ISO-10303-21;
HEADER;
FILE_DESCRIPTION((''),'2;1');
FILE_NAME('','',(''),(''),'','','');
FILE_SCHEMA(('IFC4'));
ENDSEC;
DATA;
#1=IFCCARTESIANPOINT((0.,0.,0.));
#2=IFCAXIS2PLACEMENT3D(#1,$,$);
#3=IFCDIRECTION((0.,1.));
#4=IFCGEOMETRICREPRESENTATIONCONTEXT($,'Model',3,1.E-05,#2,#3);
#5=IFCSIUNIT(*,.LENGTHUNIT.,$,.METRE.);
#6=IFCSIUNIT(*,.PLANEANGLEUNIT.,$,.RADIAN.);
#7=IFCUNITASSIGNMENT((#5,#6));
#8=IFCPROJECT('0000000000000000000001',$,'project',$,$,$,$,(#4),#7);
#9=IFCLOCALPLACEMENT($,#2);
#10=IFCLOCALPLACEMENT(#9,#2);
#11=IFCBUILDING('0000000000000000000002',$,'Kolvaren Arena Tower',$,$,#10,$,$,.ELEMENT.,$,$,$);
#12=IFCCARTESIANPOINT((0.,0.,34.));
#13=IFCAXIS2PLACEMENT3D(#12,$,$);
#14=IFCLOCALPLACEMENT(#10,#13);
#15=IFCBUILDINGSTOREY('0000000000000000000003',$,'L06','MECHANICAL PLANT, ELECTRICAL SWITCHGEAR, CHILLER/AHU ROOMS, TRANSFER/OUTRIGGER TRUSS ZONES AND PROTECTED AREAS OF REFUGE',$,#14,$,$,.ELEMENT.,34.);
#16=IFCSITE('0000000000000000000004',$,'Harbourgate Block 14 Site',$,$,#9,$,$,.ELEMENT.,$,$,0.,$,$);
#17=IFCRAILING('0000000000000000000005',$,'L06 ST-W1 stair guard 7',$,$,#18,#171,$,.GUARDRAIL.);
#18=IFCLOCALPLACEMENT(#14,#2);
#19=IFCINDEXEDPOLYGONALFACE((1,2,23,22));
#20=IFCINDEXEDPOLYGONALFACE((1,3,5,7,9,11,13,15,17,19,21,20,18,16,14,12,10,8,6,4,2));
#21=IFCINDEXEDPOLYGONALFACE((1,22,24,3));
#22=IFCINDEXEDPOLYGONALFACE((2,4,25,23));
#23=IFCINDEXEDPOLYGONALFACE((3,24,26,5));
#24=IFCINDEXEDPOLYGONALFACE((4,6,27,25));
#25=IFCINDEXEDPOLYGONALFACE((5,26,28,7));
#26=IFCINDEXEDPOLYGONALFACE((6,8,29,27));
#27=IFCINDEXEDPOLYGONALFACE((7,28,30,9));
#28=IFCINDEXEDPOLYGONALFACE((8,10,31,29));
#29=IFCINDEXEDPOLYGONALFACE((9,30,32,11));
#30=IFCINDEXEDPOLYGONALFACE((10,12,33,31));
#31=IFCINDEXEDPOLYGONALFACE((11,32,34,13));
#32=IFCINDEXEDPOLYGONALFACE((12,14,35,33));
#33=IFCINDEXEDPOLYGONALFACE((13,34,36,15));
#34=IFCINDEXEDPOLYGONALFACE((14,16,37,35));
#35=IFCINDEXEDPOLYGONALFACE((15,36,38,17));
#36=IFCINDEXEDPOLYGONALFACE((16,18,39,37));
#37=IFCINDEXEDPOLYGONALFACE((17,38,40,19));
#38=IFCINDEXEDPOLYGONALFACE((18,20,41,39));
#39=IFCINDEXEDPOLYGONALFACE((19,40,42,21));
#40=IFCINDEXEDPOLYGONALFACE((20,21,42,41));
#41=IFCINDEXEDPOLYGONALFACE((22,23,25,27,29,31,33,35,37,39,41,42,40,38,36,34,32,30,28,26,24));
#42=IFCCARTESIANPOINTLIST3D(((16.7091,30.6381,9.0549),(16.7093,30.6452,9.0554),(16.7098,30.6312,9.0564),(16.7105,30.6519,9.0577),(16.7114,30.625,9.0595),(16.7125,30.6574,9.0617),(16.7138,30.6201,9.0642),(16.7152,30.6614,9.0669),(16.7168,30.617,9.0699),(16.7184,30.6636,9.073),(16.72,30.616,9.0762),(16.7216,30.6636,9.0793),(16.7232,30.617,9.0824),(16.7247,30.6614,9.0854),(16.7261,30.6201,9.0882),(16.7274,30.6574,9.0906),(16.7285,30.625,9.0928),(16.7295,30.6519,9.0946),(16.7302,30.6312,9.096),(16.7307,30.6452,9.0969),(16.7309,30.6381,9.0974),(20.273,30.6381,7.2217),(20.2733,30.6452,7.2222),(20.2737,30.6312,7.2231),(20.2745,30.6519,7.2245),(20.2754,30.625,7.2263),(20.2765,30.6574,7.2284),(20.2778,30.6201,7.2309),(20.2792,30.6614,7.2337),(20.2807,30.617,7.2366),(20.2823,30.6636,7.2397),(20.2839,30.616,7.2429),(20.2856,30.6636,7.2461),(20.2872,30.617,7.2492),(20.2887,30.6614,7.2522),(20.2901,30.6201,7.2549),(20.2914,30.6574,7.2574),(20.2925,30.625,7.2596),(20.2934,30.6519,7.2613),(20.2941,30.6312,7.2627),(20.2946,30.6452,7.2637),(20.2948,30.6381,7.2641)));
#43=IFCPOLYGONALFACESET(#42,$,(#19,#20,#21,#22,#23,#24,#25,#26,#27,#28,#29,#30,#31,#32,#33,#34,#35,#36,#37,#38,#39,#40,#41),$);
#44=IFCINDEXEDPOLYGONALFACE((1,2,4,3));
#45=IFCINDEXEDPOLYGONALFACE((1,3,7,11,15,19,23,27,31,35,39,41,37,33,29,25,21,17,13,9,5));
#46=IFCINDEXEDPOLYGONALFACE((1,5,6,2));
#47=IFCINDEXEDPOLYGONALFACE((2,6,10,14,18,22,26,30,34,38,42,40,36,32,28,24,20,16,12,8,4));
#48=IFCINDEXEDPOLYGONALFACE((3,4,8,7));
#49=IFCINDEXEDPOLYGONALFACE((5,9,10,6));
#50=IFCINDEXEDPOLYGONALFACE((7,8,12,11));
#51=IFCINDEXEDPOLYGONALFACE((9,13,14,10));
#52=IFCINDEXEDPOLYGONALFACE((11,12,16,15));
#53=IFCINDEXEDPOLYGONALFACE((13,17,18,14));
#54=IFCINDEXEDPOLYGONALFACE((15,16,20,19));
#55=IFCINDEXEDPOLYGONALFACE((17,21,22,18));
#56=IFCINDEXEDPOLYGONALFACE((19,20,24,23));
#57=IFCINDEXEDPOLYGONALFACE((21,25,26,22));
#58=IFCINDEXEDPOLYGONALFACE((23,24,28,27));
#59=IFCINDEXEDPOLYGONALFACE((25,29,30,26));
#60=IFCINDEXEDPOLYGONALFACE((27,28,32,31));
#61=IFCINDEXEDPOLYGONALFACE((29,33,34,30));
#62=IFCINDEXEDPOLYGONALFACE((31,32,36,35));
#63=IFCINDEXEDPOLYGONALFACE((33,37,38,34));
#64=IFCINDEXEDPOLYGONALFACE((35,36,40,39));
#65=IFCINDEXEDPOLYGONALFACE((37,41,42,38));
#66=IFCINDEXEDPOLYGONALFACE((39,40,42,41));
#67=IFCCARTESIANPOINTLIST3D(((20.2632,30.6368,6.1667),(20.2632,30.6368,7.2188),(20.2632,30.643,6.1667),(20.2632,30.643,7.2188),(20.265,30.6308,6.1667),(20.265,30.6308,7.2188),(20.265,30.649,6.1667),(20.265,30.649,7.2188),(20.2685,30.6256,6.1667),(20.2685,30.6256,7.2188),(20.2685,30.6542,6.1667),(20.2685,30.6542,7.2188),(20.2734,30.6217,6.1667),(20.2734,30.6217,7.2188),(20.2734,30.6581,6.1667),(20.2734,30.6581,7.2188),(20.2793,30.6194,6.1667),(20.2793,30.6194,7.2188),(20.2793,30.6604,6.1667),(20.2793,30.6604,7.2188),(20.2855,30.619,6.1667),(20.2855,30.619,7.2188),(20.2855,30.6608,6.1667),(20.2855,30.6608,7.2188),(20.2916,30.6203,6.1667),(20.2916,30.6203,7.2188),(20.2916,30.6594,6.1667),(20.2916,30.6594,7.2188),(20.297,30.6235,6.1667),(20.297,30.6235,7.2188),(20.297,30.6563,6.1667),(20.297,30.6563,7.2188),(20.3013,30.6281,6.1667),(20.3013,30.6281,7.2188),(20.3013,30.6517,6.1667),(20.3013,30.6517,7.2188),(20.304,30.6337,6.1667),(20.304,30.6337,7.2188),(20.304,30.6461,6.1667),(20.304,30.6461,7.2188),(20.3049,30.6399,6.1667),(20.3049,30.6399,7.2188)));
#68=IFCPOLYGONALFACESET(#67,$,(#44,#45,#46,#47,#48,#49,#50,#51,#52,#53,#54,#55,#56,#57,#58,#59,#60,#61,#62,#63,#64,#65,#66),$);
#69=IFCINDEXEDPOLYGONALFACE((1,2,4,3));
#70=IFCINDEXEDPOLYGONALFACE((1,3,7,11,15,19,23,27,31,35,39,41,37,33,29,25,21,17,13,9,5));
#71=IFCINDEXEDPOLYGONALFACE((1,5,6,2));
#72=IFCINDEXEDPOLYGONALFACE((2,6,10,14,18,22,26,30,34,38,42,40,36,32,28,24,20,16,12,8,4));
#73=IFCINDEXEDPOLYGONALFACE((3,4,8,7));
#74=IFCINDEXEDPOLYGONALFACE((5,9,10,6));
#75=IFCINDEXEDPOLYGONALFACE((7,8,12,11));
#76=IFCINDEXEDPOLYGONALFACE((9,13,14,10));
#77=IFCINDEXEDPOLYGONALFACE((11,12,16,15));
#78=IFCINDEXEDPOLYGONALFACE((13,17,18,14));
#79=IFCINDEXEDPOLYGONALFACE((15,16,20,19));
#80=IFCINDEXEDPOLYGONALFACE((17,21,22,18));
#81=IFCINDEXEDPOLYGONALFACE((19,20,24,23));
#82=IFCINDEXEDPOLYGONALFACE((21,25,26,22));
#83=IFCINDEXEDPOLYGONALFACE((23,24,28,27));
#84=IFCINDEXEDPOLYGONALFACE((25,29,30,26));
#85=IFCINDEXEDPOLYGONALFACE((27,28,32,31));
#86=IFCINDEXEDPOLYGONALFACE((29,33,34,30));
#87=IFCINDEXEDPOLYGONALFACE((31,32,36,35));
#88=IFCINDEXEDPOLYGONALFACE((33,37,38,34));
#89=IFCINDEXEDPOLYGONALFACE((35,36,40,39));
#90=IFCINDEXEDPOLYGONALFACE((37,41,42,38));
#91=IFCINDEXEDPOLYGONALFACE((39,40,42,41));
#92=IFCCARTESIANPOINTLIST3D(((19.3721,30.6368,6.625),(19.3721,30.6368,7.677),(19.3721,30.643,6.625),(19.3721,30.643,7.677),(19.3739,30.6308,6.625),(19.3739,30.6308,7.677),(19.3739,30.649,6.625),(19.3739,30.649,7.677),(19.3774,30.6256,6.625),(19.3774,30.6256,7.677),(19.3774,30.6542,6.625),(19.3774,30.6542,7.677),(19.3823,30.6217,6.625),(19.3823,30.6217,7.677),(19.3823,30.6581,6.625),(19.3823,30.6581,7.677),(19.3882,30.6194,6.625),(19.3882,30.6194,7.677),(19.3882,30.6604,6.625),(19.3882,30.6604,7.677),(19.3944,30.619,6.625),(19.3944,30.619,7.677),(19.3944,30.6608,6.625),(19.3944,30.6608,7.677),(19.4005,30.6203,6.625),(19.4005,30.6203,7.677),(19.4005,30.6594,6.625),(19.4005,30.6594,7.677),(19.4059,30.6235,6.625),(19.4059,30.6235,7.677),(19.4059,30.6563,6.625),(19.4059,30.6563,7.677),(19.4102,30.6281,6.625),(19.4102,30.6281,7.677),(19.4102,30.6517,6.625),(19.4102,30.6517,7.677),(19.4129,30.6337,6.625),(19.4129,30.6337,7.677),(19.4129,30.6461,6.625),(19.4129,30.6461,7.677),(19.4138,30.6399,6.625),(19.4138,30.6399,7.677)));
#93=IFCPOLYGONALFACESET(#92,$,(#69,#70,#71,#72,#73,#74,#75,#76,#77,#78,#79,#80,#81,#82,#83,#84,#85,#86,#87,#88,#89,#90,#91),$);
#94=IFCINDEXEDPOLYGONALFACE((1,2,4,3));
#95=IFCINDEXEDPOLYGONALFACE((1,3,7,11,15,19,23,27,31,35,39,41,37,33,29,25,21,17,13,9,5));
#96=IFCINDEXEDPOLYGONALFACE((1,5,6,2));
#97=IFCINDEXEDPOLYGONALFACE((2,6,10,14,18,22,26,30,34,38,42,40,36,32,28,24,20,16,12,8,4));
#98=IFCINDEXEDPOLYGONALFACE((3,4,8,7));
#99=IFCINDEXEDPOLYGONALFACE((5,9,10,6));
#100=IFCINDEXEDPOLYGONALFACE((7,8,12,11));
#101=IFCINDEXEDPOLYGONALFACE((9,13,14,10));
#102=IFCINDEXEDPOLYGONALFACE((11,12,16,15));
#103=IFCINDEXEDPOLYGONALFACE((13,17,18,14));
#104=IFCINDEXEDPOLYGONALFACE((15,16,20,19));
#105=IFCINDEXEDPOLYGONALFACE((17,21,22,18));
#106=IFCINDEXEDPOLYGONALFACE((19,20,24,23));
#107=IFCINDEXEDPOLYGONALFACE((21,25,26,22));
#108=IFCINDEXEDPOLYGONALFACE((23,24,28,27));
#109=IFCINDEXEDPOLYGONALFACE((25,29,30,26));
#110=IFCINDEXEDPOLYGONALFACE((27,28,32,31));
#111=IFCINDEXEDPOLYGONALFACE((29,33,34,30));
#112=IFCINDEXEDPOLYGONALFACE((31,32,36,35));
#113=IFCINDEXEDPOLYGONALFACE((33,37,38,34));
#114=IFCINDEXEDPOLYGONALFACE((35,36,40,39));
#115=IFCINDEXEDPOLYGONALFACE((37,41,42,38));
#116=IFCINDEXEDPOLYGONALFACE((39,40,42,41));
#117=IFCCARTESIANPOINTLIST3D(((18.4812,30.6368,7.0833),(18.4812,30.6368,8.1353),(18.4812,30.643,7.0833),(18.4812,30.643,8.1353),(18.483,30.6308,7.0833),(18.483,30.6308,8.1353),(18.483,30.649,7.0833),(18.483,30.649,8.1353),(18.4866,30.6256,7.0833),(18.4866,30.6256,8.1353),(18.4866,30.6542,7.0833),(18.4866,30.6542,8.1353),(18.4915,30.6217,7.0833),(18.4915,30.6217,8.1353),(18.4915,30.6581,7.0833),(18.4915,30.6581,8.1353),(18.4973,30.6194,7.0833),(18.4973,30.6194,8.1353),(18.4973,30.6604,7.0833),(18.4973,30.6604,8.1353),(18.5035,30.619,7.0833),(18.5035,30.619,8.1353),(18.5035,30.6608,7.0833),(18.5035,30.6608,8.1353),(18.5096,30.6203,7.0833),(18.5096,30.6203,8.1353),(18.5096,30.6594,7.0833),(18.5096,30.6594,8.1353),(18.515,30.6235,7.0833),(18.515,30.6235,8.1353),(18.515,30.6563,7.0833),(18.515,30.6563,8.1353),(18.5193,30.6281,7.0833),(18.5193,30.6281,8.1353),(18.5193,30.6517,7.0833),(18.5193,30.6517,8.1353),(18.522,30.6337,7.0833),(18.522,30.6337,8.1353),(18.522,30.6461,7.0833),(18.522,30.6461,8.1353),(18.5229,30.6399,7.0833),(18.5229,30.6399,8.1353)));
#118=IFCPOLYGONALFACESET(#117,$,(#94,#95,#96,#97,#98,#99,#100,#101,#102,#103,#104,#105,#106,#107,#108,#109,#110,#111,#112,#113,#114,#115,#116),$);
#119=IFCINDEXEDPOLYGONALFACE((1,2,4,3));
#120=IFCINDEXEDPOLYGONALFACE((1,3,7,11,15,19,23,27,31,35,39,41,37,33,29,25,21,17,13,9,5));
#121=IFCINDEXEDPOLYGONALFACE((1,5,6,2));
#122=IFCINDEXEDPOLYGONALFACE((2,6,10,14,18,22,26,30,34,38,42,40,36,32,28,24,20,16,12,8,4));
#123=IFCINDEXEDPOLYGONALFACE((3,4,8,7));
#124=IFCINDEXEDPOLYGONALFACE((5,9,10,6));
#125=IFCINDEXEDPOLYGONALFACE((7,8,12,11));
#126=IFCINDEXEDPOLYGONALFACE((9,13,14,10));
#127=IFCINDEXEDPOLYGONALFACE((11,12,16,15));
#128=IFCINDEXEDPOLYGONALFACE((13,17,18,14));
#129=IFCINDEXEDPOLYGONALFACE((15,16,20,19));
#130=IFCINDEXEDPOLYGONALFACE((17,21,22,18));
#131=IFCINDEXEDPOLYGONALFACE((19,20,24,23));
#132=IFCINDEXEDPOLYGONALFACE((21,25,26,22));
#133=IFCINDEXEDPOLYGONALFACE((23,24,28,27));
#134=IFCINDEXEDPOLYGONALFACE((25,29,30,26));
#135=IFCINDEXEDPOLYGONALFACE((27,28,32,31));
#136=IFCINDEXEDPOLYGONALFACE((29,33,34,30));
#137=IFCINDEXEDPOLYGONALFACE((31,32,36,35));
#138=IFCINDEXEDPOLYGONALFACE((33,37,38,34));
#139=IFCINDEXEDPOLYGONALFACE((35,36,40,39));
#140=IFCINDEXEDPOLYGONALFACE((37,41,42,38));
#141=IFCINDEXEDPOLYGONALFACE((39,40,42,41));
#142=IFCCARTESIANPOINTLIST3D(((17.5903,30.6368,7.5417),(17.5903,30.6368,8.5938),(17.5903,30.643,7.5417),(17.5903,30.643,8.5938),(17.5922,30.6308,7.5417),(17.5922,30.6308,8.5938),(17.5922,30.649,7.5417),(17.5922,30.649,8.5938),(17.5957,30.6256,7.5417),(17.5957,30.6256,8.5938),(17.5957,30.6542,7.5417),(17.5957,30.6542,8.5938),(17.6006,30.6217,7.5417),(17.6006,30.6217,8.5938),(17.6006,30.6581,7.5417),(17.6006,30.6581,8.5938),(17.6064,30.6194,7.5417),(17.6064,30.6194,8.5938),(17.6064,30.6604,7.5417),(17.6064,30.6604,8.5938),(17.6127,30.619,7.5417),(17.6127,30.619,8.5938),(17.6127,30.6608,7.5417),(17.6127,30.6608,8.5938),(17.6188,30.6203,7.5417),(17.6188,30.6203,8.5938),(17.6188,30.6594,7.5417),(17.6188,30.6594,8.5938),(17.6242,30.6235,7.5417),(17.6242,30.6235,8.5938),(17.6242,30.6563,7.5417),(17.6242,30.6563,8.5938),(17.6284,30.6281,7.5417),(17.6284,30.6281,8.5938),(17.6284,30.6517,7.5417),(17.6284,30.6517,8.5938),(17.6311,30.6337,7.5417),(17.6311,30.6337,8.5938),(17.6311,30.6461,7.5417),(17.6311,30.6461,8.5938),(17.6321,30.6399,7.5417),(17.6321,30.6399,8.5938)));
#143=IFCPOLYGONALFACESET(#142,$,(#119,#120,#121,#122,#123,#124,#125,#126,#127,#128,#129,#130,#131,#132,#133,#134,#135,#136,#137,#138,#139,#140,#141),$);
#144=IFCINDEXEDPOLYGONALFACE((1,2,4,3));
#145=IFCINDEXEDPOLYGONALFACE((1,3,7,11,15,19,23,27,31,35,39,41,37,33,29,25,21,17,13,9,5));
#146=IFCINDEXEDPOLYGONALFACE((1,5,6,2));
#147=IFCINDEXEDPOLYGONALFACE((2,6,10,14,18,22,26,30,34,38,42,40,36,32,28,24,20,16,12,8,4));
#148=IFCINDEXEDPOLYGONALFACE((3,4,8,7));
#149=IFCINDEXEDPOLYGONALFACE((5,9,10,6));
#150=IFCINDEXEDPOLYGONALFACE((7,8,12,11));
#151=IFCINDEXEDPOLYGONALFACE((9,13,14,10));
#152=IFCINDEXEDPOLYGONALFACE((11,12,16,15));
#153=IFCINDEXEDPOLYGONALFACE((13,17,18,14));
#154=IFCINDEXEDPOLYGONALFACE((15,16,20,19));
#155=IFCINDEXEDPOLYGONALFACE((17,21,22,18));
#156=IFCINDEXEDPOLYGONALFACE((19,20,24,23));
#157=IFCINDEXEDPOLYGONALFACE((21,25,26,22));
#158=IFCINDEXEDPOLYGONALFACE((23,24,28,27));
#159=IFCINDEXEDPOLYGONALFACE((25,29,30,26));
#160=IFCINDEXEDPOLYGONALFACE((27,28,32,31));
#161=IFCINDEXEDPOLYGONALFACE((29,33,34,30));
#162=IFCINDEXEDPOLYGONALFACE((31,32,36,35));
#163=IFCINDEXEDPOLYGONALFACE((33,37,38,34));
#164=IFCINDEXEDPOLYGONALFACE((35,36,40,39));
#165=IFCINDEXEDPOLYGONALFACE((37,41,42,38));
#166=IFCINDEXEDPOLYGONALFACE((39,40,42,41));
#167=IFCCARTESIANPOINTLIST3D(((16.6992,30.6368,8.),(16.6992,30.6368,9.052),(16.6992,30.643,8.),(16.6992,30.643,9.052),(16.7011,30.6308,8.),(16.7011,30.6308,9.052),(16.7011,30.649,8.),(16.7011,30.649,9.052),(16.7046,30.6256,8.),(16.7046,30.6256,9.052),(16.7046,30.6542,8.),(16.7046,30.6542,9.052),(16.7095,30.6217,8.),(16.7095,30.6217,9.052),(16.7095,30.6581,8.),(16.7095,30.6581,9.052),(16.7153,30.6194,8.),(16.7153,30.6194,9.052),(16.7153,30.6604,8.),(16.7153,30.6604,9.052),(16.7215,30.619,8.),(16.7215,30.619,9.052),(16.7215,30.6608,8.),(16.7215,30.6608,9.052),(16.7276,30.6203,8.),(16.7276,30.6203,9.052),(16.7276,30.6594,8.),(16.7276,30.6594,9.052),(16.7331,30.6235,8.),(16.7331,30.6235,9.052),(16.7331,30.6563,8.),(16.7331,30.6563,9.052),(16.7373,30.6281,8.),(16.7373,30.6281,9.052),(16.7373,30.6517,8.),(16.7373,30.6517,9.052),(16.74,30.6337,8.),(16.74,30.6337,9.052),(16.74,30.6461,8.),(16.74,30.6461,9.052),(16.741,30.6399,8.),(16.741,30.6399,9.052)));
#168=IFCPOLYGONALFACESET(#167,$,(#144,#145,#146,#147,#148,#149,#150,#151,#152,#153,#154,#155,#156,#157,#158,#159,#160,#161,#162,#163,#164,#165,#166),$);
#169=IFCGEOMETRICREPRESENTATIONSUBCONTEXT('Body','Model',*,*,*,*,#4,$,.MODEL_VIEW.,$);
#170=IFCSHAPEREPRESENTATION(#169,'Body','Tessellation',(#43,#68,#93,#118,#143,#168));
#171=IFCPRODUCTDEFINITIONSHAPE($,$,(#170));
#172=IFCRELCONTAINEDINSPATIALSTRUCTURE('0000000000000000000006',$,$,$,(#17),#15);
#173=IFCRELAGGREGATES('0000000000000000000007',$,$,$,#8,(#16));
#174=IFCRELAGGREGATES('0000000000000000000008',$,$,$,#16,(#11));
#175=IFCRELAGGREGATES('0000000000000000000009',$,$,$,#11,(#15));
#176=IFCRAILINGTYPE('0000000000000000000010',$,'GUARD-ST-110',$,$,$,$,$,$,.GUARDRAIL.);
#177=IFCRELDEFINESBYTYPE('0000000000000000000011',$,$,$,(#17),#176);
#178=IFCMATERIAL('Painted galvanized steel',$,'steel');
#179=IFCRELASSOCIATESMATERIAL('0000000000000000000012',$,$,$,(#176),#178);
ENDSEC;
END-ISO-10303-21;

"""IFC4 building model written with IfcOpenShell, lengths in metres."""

from ifc_helpers import new_model, si_unit, direction, frame, origin, origin_2d, place, context, subcontext, project, spatial, circle, extrude, material, type_object, element, save


model = new_model("IFC4")

# Units and contexts
model_context = context("Model", 3, precision=1e-05, world=origin(), true_north=direction((0.0, 1.0)))
body_context = subcontext(model_context, "Body", "Model", "MODEL_VIEW")
ifc_project = project(units=[si_unit("LENGTHUNIT", "METRE"), si_unit("PLANEANGLEUNIT", "RADIAN")], contexts=[model_context])

# Site, building, storey
site_placement = place(None, origin())
site = spatial("IfcSite", under=ifc_project, at=site_placement, Name="Harbourgate Block 14 Site", CompositionType="ELEMENT", RefElevation=0.0)
building_placement = place(site_placement, origin())
building = spatial("IfcBuilding", under=site, at=building_placement, Name="Kolvaren Arena Tower", CompositionType="ELEMENT")
storey_placement = place(building_placement, frame((0.0, 0.0, 34.0)))
storey = spatial("IfcBuildingStorey", under=building, at=storey_placement, Name="L06", Description="MECHANICAL PLANT, ELECTRICAL SWITCHGEAR, CHILLER/AHU ROOMS, TRANSFER/OUTRIGGER TRUSS ZONES AND PROTECTED AREAS OF REFUGE", CompositionType="ELEMENT", Elevation=34.0)

# Railing
ifc_material_1 = material(Name="Painted galvanized steel", Category="steel")
railing_type_1 = type_object("IfcRailingType", Name="GUARD-ST-110", PredefinedType="GUARDRAIL", material=ifc_material_1)
railing_1_placement = place(storey_placement, frame((20.2839, 30.6399, 6.1667)))
element("IfcRailing", 1, at=railing_1_placement, inside=storey, type_object=railing_type_1, Name="L06 ST-W1 stair guard 7", PredefinedType="GUARDRAIL", context=body_context, shape_type="SweptSolid", body=[
    extrude(circle(Radius=0.0239, at=origin_2d()), frame((0.0, 0.0, 1.0762), z_axis=(-0.889252, 0.0, 0.457418), x_axis=(0.0, -1.0, 0.0)), (0.0, 0.0, 1.0), 4.0078),
    extrude(circle(Radius=0.021, at=origin_2d()), origin(), (0.0, 0.0, 1.0), 1.052),
    extrude(circle(Radius=0.021, at=origin_2d()), frame((-0.8911, 0.0, 0.4583)), (0.0, 0.0, 1.0), 1.052),
    extrude(circle(Radius=0.021, at=origin_2d()), frame((-1.782, 0.0, 0.9165)), (0.0, 0.0, 1.0), 1.052),
    extrude(circle(Radius=0.021, at=origin_2d()), frame((-2.6729, 0.0, 1.375)), (0.0, 0.0, 1.0), 1.052),
    extrude(circle(Radius=0.021, at=origin_2d()), frame((-3.564, 0.0, 1.8333)), (0.0, 0.0, 1.0), 1.052),
])

save(model, "model.ifc")
